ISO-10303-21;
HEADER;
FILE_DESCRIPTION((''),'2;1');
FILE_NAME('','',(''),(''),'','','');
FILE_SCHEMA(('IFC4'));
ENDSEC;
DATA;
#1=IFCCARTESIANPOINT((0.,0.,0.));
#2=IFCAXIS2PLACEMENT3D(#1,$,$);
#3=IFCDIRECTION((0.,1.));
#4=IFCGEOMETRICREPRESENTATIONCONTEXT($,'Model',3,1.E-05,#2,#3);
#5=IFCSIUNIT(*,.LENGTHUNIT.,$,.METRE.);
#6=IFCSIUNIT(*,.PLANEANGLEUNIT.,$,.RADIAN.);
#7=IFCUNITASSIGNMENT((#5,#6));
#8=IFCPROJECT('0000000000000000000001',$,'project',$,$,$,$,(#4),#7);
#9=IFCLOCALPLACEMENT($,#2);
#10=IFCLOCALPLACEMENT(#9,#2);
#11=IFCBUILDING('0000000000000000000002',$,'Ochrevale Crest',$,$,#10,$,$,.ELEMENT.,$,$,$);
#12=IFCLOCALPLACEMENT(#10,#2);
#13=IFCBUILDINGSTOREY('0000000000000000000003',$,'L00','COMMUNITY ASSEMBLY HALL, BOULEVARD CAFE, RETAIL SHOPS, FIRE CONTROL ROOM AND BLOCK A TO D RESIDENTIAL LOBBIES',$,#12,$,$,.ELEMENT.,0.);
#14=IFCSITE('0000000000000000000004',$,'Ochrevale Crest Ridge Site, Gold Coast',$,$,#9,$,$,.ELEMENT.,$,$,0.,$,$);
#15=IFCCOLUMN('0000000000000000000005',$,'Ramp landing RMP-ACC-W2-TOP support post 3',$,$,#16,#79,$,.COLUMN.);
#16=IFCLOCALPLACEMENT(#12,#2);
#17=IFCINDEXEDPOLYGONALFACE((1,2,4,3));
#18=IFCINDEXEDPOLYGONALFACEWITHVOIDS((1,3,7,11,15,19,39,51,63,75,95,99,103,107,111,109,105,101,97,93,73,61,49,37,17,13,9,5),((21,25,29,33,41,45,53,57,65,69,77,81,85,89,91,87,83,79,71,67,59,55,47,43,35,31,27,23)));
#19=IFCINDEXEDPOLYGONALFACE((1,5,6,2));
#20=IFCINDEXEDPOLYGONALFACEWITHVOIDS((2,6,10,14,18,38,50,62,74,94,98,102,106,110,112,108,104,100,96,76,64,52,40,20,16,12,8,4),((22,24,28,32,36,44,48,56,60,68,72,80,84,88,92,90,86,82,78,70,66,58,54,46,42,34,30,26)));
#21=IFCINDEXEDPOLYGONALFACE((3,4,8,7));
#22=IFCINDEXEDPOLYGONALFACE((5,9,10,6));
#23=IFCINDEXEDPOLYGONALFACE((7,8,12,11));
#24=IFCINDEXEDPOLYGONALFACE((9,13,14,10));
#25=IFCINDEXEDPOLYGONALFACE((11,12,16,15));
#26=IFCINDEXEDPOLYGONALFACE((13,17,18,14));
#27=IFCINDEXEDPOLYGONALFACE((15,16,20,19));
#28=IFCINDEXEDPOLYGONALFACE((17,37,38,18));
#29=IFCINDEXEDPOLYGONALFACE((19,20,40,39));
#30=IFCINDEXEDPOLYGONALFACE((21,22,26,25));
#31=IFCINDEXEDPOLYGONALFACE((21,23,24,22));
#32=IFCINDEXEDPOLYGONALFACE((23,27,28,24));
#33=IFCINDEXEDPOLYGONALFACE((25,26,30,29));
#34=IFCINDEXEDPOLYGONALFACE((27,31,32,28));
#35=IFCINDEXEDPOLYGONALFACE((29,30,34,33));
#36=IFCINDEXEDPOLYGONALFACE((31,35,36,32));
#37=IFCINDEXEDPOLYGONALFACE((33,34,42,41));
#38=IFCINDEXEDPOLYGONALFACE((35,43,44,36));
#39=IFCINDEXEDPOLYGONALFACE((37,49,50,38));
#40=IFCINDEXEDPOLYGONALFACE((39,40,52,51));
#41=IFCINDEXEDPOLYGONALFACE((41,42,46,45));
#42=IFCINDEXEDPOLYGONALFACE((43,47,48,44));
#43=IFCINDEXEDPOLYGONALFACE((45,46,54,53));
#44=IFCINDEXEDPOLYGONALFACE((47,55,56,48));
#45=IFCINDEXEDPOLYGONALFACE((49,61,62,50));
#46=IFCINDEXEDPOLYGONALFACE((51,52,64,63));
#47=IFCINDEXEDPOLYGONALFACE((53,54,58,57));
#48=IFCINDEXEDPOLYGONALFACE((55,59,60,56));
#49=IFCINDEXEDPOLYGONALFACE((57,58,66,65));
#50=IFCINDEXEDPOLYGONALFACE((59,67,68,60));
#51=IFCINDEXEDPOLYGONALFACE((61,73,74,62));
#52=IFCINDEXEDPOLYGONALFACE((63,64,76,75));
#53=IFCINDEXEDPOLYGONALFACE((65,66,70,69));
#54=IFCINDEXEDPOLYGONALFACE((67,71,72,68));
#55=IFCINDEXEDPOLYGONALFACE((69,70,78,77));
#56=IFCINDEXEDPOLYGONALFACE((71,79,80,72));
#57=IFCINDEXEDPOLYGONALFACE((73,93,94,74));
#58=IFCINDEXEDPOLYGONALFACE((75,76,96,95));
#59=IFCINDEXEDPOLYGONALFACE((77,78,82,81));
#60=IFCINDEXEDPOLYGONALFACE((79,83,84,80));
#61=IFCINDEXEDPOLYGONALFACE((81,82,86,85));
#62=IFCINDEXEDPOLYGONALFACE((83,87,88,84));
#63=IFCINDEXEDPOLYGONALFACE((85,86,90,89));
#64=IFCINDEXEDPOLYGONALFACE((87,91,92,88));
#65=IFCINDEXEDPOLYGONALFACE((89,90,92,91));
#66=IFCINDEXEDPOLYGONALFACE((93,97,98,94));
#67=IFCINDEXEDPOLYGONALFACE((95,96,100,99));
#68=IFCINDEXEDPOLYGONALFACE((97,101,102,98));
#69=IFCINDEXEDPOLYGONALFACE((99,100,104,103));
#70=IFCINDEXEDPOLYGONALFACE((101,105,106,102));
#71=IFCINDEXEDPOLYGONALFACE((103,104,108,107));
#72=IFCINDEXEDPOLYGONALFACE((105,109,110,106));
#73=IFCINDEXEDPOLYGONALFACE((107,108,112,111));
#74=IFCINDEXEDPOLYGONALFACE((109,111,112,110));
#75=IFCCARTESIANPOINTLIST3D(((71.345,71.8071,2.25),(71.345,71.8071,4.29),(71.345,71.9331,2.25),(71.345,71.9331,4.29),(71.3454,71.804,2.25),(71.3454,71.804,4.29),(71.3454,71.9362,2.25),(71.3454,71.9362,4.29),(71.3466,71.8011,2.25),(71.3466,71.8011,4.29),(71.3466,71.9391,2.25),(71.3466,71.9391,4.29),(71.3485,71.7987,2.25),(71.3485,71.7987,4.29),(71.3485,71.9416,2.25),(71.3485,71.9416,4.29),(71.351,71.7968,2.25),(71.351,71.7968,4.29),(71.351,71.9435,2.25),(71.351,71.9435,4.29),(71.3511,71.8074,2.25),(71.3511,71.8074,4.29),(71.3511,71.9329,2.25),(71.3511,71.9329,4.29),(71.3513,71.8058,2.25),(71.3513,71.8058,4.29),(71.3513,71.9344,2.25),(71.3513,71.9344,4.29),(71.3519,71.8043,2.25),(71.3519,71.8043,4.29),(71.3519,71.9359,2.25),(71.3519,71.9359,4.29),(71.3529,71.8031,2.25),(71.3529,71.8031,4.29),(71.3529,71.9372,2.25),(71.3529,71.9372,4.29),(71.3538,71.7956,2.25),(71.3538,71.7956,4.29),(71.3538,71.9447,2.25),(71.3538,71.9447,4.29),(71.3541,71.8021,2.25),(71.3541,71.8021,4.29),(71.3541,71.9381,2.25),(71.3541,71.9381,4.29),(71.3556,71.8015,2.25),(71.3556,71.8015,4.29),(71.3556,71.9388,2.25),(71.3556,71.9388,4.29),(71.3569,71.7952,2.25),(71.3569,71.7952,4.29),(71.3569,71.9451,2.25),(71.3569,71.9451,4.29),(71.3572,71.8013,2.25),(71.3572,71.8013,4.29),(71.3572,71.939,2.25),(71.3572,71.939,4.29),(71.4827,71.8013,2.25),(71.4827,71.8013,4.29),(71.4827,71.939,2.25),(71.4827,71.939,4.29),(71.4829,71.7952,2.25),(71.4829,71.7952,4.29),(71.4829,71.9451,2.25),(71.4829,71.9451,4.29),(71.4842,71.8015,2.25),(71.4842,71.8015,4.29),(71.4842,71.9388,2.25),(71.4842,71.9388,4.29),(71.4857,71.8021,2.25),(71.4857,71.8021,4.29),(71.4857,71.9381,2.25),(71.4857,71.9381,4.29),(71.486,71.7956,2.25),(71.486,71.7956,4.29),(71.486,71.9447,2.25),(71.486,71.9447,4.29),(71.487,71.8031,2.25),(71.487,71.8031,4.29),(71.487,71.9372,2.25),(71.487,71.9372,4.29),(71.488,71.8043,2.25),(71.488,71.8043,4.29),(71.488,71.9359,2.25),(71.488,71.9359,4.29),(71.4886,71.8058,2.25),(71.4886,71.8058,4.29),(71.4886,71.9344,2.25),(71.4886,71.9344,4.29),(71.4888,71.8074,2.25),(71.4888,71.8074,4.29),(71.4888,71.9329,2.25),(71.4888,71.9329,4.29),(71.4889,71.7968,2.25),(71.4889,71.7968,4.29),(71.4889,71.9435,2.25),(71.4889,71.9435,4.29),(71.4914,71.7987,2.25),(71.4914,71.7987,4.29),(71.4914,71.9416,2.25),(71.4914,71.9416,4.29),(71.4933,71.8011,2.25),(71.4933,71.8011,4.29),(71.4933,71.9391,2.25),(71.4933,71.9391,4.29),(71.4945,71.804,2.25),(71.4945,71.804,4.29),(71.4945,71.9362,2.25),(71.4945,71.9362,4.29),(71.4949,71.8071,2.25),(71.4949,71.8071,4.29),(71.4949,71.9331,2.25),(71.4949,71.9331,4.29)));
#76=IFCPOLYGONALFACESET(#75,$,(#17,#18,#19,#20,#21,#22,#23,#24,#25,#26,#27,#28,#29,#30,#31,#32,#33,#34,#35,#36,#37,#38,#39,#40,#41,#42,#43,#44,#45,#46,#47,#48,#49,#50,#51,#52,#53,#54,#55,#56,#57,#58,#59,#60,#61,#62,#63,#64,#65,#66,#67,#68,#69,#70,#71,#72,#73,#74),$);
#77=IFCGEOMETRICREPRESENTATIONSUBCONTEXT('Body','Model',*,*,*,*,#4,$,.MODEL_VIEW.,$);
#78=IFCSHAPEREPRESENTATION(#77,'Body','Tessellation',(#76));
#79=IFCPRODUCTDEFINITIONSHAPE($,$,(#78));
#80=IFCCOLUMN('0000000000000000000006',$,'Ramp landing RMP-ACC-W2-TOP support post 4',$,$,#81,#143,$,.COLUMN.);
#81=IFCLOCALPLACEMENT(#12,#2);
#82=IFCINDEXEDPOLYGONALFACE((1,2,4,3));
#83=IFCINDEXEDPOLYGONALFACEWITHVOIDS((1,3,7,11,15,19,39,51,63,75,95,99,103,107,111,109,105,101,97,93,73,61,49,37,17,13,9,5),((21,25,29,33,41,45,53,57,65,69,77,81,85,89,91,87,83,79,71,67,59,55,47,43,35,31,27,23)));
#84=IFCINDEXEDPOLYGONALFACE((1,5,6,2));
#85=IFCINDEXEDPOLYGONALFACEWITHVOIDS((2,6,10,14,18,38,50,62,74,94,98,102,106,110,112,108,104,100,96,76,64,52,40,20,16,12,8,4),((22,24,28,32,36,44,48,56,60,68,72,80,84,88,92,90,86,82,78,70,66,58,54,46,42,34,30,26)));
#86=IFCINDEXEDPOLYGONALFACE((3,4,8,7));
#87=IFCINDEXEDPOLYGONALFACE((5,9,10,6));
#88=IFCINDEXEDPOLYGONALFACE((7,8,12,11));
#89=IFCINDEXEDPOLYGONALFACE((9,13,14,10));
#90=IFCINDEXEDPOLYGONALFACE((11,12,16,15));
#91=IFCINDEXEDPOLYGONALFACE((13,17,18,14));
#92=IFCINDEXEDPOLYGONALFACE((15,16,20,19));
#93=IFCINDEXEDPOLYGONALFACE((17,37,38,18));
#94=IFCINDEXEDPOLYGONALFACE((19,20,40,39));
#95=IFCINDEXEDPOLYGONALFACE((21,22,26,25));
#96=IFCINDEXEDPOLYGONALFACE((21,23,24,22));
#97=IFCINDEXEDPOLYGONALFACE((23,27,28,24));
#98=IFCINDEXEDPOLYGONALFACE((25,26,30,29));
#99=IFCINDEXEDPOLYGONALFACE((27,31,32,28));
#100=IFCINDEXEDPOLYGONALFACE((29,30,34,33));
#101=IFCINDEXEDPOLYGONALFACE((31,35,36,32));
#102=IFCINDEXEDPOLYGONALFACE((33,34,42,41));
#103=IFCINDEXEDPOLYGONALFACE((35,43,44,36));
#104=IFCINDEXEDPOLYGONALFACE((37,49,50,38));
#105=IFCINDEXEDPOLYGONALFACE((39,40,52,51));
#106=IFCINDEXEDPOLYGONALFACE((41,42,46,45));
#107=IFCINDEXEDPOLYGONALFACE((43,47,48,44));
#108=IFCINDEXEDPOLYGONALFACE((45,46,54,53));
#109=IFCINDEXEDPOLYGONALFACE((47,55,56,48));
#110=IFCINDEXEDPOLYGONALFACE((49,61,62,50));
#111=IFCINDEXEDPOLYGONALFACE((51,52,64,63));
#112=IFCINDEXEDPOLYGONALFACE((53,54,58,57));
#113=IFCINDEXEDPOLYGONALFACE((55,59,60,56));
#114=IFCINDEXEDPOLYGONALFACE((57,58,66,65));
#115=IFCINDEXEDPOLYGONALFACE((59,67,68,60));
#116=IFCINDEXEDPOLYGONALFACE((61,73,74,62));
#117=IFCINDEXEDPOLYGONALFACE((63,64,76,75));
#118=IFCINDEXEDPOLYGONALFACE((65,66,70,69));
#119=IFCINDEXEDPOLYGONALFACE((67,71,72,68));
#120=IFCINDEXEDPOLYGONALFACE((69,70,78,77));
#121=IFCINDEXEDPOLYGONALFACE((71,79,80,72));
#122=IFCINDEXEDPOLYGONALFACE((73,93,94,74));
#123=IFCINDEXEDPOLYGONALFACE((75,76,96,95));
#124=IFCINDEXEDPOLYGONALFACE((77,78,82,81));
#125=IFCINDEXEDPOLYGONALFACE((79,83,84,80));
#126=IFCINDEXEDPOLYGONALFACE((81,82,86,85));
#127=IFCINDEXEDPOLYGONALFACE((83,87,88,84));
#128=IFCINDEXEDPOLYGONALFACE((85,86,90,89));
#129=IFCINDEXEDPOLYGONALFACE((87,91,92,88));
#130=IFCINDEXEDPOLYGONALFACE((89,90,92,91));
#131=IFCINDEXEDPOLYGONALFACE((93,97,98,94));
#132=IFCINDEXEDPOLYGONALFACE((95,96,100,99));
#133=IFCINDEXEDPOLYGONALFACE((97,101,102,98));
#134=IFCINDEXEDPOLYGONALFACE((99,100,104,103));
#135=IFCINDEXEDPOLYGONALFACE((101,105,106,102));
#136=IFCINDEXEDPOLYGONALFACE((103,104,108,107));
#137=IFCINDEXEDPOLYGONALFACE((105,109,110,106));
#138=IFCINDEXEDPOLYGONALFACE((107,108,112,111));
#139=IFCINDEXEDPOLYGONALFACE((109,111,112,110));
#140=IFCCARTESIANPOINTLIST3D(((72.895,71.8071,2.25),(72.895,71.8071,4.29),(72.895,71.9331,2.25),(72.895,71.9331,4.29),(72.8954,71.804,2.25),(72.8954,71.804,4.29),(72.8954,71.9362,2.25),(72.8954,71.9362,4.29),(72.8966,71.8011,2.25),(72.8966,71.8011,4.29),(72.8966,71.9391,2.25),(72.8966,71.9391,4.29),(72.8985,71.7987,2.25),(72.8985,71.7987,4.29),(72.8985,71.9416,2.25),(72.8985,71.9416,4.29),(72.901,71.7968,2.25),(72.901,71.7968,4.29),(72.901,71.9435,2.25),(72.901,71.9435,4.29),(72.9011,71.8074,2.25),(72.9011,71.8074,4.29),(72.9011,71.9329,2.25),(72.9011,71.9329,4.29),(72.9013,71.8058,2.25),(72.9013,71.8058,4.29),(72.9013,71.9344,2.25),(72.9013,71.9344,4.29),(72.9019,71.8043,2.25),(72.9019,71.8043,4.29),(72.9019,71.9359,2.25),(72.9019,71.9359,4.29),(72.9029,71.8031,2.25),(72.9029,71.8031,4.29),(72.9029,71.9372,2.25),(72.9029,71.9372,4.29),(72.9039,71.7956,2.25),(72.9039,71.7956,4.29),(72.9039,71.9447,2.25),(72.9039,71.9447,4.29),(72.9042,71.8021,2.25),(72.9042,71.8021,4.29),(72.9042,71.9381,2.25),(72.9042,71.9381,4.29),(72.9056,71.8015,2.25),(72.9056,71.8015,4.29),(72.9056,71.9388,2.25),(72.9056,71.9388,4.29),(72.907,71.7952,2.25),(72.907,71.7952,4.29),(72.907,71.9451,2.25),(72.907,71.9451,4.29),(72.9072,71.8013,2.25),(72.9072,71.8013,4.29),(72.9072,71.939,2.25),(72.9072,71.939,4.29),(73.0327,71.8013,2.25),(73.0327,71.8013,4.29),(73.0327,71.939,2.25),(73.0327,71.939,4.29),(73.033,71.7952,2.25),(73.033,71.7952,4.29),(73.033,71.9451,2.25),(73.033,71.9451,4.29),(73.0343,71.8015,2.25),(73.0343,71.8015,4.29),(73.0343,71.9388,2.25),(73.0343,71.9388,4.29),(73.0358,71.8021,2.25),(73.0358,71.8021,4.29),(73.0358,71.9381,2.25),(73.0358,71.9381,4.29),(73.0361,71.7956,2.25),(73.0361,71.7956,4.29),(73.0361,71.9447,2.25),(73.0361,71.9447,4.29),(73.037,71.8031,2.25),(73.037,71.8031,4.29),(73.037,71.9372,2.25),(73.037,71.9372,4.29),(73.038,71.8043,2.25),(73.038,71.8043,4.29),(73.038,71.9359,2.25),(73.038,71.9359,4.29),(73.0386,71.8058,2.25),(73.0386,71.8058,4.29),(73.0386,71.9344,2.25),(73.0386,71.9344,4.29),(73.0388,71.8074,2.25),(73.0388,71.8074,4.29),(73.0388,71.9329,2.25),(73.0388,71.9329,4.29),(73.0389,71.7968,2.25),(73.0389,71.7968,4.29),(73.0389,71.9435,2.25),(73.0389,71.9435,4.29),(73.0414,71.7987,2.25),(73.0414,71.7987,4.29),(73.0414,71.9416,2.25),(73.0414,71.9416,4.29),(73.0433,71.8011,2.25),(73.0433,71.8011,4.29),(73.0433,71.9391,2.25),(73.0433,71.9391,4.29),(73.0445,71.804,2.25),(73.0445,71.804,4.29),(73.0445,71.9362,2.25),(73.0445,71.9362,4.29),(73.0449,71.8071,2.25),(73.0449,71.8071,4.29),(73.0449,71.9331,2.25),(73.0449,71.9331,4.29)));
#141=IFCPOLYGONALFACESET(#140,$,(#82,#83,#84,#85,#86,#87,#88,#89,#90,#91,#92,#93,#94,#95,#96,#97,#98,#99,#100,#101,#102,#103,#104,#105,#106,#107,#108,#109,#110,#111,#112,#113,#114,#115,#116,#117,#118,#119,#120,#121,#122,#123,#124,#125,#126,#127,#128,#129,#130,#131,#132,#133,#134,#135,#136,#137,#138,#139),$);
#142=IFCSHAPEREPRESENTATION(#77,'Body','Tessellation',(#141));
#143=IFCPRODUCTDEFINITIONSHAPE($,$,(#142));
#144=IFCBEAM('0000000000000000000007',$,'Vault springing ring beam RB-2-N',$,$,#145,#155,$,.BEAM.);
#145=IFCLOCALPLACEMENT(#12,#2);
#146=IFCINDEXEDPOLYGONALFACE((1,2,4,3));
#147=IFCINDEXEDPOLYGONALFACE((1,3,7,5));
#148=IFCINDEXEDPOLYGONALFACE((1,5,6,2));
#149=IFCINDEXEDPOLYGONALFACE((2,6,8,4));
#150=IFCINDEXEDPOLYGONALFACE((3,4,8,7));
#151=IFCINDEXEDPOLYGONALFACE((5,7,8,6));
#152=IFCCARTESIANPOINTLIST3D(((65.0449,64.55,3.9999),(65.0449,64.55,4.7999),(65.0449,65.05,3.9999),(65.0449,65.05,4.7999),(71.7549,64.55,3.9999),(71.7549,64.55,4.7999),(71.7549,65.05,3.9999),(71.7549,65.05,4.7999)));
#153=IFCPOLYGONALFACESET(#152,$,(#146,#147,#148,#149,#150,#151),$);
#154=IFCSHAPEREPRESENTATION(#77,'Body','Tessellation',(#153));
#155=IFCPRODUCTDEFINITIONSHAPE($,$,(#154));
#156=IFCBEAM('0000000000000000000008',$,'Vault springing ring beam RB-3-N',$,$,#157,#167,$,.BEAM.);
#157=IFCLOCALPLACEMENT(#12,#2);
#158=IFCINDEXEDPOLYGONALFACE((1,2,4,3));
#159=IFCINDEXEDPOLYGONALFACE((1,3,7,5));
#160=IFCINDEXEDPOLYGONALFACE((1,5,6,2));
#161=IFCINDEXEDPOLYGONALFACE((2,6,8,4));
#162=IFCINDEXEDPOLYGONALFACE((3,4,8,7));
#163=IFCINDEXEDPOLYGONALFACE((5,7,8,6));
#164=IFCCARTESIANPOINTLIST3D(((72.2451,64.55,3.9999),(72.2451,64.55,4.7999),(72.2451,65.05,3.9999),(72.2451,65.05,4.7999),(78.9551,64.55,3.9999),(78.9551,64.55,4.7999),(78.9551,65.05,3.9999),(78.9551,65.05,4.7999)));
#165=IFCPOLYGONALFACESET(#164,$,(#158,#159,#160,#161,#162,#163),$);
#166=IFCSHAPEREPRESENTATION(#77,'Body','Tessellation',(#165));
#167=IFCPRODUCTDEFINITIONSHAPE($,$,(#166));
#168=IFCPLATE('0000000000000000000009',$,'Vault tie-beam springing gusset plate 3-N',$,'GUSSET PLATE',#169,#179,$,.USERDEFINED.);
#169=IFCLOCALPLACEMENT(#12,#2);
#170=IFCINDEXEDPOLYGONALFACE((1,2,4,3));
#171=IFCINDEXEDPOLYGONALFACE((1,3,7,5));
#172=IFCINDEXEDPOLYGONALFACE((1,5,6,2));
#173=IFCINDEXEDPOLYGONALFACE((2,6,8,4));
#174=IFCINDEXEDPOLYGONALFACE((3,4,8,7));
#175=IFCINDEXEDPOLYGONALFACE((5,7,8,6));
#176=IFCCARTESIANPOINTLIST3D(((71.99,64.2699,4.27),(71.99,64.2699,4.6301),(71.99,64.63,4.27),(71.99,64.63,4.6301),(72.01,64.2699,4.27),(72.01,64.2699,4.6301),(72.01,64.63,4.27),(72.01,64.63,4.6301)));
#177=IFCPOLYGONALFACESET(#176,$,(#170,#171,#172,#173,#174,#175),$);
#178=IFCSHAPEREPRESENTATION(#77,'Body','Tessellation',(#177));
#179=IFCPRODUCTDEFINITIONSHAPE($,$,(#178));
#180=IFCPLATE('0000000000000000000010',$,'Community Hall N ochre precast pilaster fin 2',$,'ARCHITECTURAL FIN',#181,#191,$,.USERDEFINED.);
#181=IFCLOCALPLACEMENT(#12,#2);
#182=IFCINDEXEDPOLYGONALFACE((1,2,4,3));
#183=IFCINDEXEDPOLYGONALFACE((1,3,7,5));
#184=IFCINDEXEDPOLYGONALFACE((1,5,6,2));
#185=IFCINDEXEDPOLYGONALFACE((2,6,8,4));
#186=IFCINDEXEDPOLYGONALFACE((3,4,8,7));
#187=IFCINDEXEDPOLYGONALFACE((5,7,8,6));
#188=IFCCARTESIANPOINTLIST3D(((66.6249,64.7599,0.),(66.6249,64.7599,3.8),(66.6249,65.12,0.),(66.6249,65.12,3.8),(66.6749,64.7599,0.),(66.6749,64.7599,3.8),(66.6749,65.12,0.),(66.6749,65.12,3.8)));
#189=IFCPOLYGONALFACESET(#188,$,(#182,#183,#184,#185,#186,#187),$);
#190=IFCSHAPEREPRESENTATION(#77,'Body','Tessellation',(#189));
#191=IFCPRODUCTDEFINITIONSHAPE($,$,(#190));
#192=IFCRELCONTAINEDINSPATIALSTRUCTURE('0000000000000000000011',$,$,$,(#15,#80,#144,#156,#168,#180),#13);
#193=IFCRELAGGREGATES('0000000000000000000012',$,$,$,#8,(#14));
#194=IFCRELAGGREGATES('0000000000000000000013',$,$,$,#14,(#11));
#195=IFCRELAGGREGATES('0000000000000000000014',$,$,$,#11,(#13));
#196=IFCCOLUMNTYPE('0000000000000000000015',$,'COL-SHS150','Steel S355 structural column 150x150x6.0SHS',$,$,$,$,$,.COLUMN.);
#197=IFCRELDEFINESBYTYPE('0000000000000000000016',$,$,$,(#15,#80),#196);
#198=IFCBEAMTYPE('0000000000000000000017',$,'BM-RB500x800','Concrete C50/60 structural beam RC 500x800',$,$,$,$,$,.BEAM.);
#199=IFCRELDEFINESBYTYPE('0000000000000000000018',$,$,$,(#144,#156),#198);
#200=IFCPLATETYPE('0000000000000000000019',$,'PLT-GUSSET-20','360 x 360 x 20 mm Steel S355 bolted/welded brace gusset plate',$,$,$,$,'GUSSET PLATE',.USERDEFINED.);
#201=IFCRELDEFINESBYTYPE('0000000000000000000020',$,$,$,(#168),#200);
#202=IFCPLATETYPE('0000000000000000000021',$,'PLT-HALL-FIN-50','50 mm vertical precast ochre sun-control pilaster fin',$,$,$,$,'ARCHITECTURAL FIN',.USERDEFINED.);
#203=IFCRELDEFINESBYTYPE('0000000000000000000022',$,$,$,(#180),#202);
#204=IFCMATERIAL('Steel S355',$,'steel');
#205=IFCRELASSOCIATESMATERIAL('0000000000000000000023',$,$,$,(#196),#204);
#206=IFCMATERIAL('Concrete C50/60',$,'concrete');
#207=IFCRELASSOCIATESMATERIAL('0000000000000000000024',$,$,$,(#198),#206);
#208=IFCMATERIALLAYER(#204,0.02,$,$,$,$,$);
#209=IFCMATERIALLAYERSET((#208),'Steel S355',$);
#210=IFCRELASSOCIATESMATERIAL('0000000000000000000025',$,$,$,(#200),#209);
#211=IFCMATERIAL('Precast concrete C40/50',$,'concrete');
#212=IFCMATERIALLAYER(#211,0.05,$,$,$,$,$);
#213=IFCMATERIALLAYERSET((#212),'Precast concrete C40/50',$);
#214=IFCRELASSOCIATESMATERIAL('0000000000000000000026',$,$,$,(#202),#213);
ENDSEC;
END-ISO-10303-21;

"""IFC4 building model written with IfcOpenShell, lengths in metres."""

from ifc_helpers import new_model, si_unit, direction, frame, origin, origin_2d, place, context, subcontext, project, spatial, rectangle, hollow_rectangle, extrude, material, layer, layer_set, material_profile, profile_set, type_object, element, save


model = new_model("IFC4")

# Units and contexts
model_context = context("Model", 3, precision=1e-05, world=origin(), true_north=direction((0.0, 1.0)))
body_context = subcontext(model_context, "Body", "Model", "MODEL_VIEW")
ifc_project = project(units=[si_unit("LENGTHUNIT", "METRE"), si_unit("PLANEANGLEUNIT", "RADIAN")], contexts=[model_context])

# Site, building, storey
site_placement = place(None, origin())
site = spatial("IfcSite", under=ifc_project, at=site_placement, Name="Ochrevale Crest Ridge Site, Gold Coast", CompositionType="ELEMENT", RefElevation=0.0)
building_placement = place(site_placement, origin())
building = spatial("IfcBuilding", under=site, at=building_placement, Name="Ochrevale Crest", CompositionType="ELEMENT")
storey_placement = place(building_placement, origin())
storey = spatial("IfcBuildingStorey", under=building, at=storey_placement, Name="L00", Description="COMMUNITY ASSEMBLY HALL, BOULEVARD CAFE, RETAIL SHOPS, FIRE CONTROL ROOM AND BLOCK A TO D RESIDENTIAL LOBBIES", CompositionType="ELEMENT", Elevation=0.0)

# Columns
ifc_material_1 = material(Name="Precast concrete C40/50", Category="concrete")
ifc_material_2 = material(Name="Steel S355", Category="steel")
ifc_material_profile_1 = material_profile(ifc_material_2, hollow_rectangle(XDim=0.1499, YDim=0.1499, WallThickness=0.0061, InnerFilletRadius=0.0061, OuterFilletRadius=0.012, at=origin_2d()), Name="150x150x6.0SHS")
ifc_profile_set_1 = profile_set([ifc_material_profile_1], Name="Steel S355")
column_type_1 = type_object("IfcColumnType", Name="COL-SHS150", Description="Steel S355 structural column 150x150x6.0SHS", PredefinedType="COLUMN", material=ifc_profile_set_1)
for number, where, z_axis, x_axis, name in (
    (1, (71.4199, 71.8701, 2.25), (0.0, 0.0, 1.0), (1.0, 0.0, 0.0), "Ramp landing RMP-ACC-W2-TOP support post 3"),
    (2, (72.97, 71.8701, 2.25), (0.0, 0.0, 1.0), (1.0, 0.0, 0.0), "Ramp landing RMP-ACC-W2-TOP support post 4"),
):
    element("IfcColumn", number, at=place(storey_placement, frame(where, z_axis=z_axis, x_axis=x_axis)), inside=storey, type_object=column_type_1, Name=name, PredefinedType="COLUMN", context=body_context, shape_type="SweptSolid", body=[
        extrude(hollow_rectangle(XDim=0.1499, YDim=0.1499, WallThickness=0.0061, InnerFilletRadius=0.0061, OuterFilletRadius=0.012, at=origin_2d()), origin(), (0.0, 0.0, 1.0), 2.04),
    ])

# Beams
ifc_material_3 = material(Name="Concrete C50/60", Category="concrete")
ifc_material_profile_2 = material_profile(ifc_material_3, rectangle(XDim=0.5, YDim=0.8, at=origin_2d()), Name="RC 500x800")
ifc_profile_set_2 = profile_set([ifc_material_profile_2], Name="Concrete C50/60")
beam_type = type_object("IfcBeamType", Name="BM-RB500x800", Description="Concrete C50/60 structural beam RC 500x800", PredefinedType="BEAM", material=ifc_profile_set_2)
for number, where, z_axis, x_axis, name in (
    (3, (65.0449, 64.8, 4.3999), (1.0, 0.0, 0.0), (0.0, 1.0, 0.0), "Vault springing ring beam RB-2-N"),
    (4, (72.2451, 64.8, 4.3999), (1.0, 0.0, 0.0), (0.0, 1.0, 0.0), "Vault springing ring beam RB-3-N"),
):
    element("IfcBeam", number, at=place(storey_placement, frame(where, z_axis=z_axis, x_axis=x_axis)), inside=storey, type_object=beam_type, Name=name, PredefinedType="BEAM", context=body_context, shape_type="SweptSolid", body=[
        extrude(rectangle(XDim=0.5, YDim=0.8, at=origin_2d()), origin(), (0.0, 0.0, 1.0), 6.71),
    ])

# Plates
ifc_layer_1 = layer(ifc_material_2, 0.02)
ifc_layer_set_1 = layer_set([ifc_layer_1], Name="Steel S355")
plate_type_1 = type_object("IfcPlateType", Name="PLT-GUSSET-20", Description="360 x 360 x 20 mm Steel S355 bolted/welded brace gusset plate", ElementType="GUSSET PLATE", PredefinedType="USERDEFINED", material=ifc_layer_set_1)
plate_1_placement = place(storey_placement, frame((72.0, 64.45, 4.27), z_axis=(0.0, 0.0, 1.0), x_axis=(1.0, 0.0, 0.0)))
element("IfcPlate", 5, at=plate_1_placement, inside=storey, type_object=plate_type_1, Name="Vault tie-beam springing gusset plate 3-N", ObjectType="GUSSET PLATE", PredefinedType="USERDEFINED", context=body_context, shape_type="SweptSolid", body=[
    extrude(rectangle(XDim=0.02, YDim=0.3601, at=origin_2d()), origin(), (0.0, 0.0, 1.0), 0.3601),
])
ifc_layer_2 = layer(ifc_material_1, 0.05)
ifc_layer_set_2 = layer_set([ifc_layer_2], Name="Precast concrete C40/50")
plate_type_2 = type_object("IfcPlateType", Name="PLT-HALL-FIN-50", Description="50 mm vertical precast ochre sun-control pilaster fin", ElementType="ARCHITECTURAL FIN", PredefinedType="USERDEFINED", material=ifc_layer_set_2)
plate_2_placement = place(storey_placement, frame((66.6499, 64.9399, 0.0), z_axis=(0.0, 0.0, 1.0), x_axis=(1.0, 0.0, 0.0)))
element("IfcPlate", 6, at=plate_2_placement, inside=storey, type_object=plate_type_2, Name="Community Hall N ochre precast pilaster fin 2", ObjectType="ARCHITECTURAL FIN", PredefinedType="USERDEFINED", context=body_context, shape_type="SweptSolid", body=[
    extrude(rectangle(XDim=0.05, YDim=0.3601, at=origin_2d()), origin(), (0.0, 0.0, 1.0), 3.8),
])

save(model, "model.ifc")
